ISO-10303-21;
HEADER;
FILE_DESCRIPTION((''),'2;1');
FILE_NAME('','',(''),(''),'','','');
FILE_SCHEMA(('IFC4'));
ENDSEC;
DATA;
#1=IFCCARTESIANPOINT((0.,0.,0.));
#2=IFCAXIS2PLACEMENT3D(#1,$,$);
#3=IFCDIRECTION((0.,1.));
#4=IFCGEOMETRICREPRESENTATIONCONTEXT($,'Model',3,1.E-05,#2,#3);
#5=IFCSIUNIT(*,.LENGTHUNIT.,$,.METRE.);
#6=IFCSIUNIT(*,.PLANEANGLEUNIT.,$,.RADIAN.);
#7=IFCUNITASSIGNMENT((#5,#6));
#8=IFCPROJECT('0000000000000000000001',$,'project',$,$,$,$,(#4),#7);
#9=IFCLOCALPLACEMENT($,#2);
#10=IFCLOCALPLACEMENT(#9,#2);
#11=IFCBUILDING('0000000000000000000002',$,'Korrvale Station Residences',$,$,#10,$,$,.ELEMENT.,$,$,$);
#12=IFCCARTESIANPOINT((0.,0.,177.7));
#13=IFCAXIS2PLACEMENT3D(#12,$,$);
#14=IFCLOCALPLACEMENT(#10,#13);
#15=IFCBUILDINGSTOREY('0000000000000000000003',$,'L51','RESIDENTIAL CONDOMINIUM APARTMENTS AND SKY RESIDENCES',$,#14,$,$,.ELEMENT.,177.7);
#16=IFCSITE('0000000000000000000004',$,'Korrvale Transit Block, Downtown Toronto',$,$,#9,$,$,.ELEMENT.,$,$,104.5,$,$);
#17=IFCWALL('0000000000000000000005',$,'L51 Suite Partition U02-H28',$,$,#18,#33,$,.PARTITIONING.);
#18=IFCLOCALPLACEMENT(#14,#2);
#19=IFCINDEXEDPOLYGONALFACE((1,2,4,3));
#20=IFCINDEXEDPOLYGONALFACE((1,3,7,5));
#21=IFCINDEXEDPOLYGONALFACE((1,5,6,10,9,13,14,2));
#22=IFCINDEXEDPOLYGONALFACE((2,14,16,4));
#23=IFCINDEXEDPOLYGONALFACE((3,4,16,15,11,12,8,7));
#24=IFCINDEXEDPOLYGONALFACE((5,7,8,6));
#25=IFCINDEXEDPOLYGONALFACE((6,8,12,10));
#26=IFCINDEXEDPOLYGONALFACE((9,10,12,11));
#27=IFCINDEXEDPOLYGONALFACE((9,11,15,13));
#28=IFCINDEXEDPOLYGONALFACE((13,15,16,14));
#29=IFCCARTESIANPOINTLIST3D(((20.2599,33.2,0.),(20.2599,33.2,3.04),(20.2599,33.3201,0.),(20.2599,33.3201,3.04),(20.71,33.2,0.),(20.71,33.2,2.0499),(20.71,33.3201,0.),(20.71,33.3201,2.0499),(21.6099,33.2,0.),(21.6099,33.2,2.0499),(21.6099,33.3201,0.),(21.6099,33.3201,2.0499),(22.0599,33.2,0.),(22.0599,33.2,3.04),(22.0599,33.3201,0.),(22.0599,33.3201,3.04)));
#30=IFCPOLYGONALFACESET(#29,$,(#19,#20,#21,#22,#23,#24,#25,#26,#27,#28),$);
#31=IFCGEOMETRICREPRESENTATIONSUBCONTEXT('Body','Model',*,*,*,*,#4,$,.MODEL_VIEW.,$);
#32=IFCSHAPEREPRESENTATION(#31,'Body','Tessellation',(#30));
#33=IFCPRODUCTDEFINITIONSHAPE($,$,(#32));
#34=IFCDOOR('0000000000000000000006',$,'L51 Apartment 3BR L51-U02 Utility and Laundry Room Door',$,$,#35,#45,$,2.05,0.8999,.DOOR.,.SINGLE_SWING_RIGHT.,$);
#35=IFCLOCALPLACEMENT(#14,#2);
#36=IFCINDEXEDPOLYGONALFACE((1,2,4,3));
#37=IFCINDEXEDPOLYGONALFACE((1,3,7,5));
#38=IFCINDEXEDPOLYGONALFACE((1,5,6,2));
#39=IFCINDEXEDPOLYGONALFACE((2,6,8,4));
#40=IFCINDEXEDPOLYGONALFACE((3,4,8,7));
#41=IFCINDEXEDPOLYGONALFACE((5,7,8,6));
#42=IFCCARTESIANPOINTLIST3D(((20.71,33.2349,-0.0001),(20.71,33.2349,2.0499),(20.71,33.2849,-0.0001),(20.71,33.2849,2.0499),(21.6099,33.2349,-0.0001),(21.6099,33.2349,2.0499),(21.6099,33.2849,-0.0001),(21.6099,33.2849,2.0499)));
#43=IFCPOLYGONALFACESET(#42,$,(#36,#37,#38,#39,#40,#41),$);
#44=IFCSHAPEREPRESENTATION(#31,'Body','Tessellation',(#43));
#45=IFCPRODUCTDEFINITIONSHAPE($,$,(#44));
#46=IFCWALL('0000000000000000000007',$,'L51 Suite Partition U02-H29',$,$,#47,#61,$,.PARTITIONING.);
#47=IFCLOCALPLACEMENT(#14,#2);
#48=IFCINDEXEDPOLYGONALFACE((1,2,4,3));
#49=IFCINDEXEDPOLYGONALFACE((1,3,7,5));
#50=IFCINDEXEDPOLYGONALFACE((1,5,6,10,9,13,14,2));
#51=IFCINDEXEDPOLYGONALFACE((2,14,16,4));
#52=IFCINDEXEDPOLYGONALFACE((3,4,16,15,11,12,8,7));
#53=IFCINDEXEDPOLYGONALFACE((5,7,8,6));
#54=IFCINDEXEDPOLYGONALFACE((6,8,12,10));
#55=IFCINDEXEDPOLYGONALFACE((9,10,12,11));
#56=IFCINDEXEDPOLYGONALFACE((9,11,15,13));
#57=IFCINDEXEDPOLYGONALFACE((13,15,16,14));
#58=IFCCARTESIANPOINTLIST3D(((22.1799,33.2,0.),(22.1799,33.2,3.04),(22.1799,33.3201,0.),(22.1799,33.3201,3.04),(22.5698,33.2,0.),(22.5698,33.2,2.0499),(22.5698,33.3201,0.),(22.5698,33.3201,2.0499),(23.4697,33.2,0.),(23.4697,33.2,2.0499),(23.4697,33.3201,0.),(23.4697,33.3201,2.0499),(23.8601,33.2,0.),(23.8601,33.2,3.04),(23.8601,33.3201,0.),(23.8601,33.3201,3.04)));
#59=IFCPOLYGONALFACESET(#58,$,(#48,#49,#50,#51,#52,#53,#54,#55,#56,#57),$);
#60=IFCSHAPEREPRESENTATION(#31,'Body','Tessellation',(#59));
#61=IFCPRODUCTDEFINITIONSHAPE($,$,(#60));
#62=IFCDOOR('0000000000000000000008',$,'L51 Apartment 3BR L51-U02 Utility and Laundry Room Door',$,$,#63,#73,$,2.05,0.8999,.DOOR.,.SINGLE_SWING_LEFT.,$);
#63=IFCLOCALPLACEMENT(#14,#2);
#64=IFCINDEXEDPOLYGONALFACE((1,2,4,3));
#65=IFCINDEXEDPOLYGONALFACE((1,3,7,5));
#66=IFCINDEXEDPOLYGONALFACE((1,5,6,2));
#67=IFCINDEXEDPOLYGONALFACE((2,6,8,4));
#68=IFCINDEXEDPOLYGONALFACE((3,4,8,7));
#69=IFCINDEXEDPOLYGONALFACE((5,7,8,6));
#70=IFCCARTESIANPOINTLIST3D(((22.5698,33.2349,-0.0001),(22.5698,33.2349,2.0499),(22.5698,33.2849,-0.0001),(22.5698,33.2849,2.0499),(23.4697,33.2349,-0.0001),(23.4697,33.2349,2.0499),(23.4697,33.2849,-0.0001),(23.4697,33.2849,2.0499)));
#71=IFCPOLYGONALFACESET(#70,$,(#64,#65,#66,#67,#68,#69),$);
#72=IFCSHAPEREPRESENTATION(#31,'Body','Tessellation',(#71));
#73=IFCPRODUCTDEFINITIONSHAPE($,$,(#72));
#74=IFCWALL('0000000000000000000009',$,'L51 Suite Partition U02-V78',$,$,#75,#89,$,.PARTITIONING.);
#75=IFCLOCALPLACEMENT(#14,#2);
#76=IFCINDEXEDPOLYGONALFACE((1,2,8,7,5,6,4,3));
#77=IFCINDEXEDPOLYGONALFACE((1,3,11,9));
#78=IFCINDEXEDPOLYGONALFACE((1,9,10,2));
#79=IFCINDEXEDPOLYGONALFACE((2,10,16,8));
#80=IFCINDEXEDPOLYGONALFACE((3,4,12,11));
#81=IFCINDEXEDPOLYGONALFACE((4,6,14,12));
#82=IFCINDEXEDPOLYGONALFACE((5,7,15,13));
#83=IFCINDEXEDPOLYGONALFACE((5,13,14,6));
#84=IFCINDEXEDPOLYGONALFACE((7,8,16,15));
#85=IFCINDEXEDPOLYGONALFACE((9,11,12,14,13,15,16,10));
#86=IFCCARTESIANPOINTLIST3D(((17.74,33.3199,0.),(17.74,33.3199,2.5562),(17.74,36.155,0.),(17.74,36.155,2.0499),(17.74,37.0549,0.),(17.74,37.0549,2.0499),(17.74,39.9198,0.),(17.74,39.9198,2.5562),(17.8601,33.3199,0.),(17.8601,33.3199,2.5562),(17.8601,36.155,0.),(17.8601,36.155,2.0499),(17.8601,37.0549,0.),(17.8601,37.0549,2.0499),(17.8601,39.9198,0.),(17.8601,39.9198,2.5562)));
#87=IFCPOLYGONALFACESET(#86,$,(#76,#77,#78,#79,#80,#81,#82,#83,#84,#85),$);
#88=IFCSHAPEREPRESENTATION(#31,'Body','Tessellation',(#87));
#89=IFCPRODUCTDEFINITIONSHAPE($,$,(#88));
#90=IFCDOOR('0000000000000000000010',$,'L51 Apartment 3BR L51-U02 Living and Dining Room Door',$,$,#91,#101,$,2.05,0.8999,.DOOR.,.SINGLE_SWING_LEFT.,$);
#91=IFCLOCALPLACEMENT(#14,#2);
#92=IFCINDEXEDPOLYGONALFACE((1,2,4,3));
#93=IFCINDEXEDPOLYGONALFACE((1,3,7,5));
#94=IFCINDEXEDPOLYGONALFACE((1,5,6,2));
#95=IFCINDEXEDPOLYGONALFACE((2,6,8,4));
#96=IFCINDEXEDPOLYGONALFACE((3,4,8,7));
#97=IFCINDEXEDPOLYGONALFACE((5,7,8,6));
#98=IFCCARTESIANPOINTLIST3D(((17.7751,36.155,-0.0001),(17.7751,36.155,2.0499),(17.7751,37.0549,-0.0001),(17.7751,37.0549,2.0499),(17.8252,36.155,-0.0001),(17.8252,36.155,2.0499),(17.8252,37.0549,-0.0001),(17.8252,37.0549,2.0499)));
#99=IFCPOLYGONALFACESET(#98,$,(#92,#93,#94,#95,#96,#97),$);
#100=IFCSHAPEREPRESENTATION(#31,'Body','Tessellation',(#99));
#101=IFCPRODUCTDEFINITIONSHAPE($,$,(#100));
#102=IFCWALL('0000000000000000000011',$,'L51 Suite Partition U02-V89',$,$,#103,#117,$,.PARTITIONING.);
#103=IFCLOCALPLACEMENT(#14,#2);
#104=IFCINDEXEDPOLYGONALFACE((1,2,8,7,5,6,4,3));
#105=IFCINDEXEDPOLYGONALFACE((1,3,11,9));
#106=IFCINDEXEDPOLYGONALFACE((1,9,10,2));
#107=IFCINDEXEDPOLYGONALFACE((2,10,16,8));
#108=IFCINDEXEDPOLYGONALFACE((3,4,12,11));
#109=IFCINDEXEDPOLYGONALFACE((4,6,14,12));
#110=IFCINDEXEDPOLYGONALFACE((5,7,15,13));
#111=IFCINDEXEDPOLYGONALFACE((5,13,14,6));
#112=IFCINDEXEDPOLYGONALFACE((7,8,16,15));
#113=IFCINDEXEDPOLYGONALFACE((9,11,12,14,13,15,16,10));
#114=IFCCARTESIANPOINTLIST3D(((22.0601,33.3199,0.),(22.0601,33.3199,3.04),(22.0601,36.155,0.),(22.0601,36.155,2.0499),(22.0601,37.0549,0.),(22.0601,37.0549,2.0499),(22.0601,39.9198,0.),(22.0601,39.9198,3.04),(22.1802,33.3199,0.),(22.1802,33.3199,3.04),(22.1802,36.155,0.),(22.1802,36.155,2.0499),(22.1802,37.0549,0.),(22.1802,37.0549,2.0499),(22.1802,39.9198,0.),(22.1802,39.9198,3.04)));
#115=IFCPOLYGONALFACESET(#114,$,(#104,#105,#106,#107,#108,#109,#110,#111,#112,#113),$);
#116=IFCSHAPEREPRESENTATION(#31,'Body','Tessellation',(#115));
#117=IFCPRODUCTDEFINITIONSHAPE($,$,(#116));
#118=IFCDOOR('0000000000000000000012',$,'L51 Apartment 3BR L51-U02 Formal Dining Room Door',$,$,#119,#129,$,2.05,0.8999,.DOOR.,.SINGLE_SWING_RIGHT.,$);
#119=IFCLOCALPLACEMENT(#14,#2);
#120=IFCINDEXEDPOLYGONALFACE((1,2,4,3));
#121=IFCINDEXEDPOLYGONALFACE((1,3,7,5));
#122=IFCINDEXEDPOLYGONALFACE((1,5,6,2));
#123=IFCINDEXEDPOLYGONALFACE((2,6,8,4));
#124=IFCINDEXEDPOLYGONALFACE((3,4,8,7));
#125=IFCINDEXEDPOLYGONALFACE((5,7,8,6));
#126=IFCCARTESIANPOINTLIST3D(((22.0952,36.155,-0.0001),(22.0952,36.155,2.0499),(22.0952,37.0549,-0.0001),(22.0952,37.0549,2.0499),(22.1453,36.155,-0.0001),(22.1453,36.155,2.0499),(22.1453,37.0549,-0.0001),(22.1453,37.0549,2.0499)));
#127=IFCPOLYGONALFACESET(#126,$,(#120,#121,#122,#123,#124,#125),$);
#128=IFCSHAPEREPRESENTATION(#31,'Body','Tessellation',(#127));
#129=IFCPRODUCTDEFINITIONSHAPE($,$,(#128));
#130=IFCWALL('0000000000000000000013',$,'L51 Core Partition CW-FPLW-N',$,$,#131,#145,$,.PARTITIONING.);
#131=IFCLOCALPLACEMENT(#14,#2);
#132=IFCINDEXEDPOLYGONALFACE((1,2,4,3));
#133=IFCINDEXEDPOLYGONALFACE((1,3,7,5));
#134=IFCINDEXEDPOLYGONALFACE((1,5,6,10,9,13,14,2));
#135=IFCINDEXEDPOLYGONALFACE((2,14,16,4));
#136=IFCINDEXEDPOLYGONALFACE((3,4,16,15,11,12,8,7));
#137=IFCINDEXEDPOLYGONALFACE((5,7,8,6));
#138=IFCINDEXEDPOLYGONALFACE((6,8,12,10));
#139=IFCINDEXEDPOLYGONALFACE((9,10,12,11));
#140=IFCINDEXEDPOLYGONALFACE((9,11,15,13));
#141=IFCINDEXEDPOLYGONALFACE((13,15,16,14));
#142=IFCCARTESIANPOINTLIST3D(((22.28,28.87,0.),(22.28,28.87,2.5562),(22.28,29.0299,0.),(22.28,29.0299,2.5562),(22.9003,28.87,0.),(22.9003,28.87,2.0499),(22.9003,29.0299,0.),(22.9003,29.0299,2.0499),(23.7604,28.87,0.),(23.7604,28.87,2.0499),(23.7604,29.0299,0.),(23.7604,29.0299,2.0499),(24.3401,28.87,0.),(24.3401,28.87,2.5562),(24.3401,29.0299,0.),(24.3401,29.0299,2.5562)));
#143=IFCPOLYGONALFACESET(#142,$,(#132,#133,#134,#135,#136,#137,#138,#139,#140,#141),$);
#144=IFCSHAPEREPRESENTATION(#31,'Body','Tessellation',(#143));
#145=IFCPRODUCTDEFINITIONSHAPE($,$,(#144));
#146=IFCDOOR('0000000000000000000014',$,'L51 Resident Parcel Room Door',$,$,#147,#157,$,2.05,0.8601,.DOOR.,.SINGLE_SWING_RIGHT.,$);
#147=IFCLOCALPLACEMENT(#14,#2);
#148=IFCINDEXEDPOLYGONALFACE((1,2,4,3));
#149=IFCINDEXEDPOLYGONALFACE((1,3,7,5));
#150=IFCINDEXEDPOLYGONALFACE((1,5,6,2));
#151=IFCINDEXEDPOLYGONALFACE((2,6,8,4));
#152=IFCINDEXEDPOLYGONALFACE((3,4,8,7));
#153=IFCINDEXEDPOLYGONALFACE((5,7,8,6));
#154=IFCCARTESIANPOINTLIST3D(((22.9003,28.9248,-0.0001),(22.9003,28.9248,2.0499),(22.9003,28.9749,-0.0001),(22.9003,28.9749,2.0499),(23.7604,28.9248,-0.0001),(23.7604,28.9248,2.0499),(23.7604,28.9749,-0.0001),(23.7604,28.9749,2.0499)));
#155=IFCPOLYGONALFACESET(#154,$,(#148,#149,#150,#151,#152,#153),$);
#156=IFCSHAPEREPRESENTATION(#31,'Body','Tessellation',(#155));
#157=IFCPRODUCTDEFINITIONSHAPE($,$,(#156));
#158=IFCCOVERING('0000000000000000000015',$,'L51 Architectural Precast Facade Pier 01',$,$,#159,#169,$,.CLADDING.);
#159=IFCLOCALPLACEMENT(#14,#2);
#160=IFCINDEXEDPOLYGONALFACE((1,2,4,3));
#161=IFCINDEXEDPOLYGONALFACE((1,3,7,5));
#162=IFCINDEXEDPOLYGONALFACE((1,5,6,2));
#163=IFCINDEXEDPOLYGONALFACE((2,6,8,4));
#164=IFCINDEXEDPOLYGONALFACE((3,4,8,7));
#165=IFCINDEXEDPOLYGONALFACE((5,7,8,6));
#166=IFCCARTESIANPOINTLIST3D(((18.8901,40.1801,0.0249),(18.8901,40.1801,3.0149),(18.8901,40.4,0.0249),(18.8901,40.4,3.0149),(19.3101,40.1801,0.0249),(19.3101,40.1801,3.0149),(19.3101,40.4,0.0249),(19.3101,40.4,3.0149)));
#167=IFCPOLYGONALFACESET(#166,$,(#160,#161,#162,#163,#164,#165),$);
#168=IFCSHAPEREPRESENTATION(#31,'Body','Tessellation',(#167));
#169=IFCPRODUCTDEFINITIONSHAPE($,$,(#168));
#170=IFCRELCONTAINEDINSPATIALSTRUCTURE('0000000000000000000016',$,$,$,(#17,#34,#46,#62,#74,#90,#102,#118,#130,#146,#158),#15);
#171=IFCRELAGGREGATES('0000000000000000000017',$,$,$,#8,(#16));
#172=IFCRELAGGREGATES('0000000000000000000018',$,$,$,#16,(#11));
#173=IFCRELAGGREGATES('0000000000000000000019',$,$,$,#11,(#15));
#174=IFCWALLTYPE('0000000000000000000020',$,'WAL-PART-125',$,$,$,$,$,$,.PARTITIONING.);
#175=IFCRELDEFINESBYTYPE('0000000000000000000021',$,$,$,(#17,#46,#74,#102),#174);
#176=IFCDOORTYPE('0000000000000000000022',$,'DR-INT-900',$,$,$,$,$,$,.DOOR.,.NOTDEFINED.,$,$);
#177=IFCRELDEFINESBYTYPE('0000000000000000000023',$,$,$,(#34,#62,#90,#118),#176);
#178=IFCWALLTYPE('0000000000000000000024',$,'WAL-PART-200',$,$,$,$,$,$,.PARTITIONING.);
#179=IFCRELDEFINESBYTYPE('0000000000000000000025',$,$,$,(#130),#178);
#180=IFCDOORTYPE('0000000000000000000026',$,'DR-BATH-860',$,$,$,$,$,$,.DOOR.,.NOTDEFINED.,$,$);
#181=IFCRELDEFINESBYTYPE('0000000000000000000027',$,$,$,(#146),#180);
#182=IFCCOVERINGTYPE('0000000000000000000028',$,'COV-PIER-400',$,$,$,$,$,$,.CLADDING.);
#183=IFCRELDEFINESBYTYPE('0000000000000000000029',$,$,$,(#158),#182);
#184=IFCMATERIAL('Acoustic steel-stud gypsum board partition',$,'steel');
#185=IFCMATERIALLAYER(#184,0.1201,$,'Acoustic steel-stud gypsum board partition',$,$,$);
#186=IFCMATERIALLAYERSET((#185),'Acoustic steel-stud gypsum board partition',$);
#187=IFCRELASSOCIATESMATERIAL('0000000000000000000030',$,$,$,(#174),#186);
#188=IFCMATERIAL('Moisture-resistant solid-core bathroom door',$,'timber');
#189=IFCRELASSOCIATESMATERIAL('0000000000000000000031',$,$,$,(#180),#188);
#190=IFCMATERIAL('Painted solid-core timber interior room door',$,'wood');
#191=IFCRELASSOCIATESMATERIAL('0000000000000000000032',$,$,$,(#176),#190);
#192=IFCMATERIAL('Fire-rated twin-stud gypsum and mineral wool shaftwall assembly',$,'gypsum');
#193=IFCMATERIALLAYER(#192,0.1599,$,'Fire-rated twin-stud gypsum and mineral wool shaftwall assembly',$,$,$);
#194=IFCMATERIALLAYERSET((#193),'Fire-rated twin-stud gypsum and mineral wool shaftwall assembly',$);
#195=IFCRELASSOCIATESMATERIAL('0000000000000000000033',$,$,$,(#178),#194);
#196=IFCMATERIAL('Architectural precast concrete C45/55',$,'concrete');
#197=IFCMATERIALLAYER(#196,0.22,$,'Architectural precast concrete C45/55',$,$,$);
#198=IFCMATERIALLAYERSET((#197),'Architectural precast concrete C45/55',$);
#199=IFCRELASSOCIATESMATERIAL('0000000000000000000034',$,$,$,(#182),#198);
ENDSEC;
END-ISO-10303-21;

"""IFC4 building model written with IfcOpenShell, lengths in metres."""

from ifc_helpers import new_model, si_unit, direction, frame, frame_2d, origin, origin_2d, place, context, subcontext, project, spatial, rectangle, extrude, material, layer, layer_set, type_object, element, fill, save


model = new_model("IFC4")

# Units and contexts
model_context = context("Model", 3, precision=1e-05, world=origin(), true_north=direction((0.0, 1.0)))
body_context = subcontext(model_context, "Body", "Model", "MODEL_VIEW")
ifc_project = project(units=[si_unit("LENGTHUNIT", "METRE"), si_unit("PLANEANGLEUNIT", "RADIAN")], contexts=[model_context])

# Site, building, storey
site_placement = place(None, origin())
site = spatial("IfcSite", under=ifc_project, at=site_placement, Name="Korrvale Transit Block, Downtown Toronto", CompositionType="ELEMENT", RefElevation=104.5)
building_placement = place(site_placement, origin())
building = spatial("IfcBuilding", under=site, at=building_placement, Name="Korrvale Station Residences", CompositionType="ELEMENT")
storey_placement = place(building_placement, frame((0.0, 0.0, 177.7)))
storey = spatial("IfcBuildingStorey", under=building, at=storey_placement, Name="L51", Description="RESIDENTIAL CONDOMINIUM APARTMENTS AND SKY RESIDENCES", CompositionType="ELEMENT", Elevation=177.7)

# Walls, openings, doors
ifc_material_1 = material(Name="Acoustic steel-stud gypsum board partition", Category="steel")
ifc_layer_1 = layer(ifc_material_1, 0.1201, Name="Acoustic steel-stud gypsum board partition")
ifc_layer_set_1 = layer_set([ifc_layer_1], Name="Acoustic steel-stud gypsum board partition")
wall_type_1 = type_object("IfcWallType", Name="WAL-PART-125", PredefinedType="PARTITIONING", material=ifc_layer_set_1)
ifc_material_2 = material(Name="Moisture-resistant solid-core bathroom door", Category="timber")
door_type_1 = type_object("IfcDoorType", Name="DR-BATH-860", OperationType="NOTDEFINED", PredefinedType="DOOR", material=ifc_material_2)
ifc_material_3 = material(Name="Painted solid-core timber interior room door", Category="wood")
door_type_2 = type_object("IfcDoorType", Name="DR-INT-900", OperationType="NOTDEFINED", PredefinedType="DOOR", material=ifc_material_3)
wall_1_placement = place(storey_placement, frame((20.26, 33.26, 0.0), z_axis=(0.0, 0.0, 1.0), x_axis=(1.0, 0.0, 0.0)))
wall_1 = element("IfcWall", 1, at=wall_1_placement, inside=storey, type_object=wall_type_1, Name="L51 Suite Partition U02-H28", PredefinedType="PARTITIONING", context=body_context, shape_type="SweptSolid", body=[
    extrude(rectangle(XDim=1.8, YDim=0.1201, at=frame_2d((0.8999, 0.0))), origin(), (0.0, 0.0, 1.0), 3.04),
])
opening_1_placement = place(wall_1_placement, frame((0.45, 0.0, 0.0)))
opening_1 = element("IfcOpeningElement", 2, at=opening_1_placement, cuts=wall_1, PredefinedType="OPENING", context=body_context, shape_type="SweptSolid", body=[
    extrude(rectangle(XDim=0.8999, YDim=2.05, at=frame_2d((0.45, 1.0249))), frame((0.0, 0.0701, 0.0), z_axis=(0.0, -1.0, 0.0), x_axis=(1.0, 0.0, 0.0)), (0.0, 0.0, 1.0), 0.1401),
])
door_1_placement = place(opening_1_placement, origin())
door_1 = element("IfcDoor", 3, at=door_1_placement, inside=storey, type_object=door_type_2, Name="L51 Apartment 3BR L51-U02 Utility and Laundry Room Door", OperationType="SINGLE_SWING_RIGHT", OverallHeight=2.05, OverallWidth=0.8999, PredefinedType="DOOR", context=body_context, shape_type="SweptSolid", body=[
    extrude(rectangle(XDim=0.8999, YDim=2.05, at=frame_2d((0.45, 1.0249))), frame((0.0, 0.0249, 0.0), z_axis=(0.0, -1.0, 0.0), x_axis=(1.0, 0.0, 0.0)), (0.0, 0.0, 1.0), 0.05),
])
fill(opening_1, door_1)
wall_2_placement = place(storey_placement, frame((22.1799, 33.26, 0.0), z_axis=(0.0, 0.0, 1.0), x_axis=(1.0, 0.0, 0.0)))
wall_2 = element("IfcWall", 4, at=wall_2_placement, inside=storey, type_object=wall_type_1, Name="L51 Suite Partition U02-H29", PredefinedType="PARTITIONING", context=body_context, shape_type="SweptSolid", body=[
    extrude(rectangle(XDim=1.6802, YDim=0.1201, at=frame_2d((0.8401, 0.0))), origin(), (0.0, 0.0, 1.0), 3.04),
])
opening_2_placement = place(wall_2_placement, frame((0.3899, 0.0, 0.0)))
opening_2 = element("IfcOpeningElement", 5, at=opening_2_placement, cuts=wall_2, PredefinedType="OPENING", context=body_context, shape_type="SweptSolid", body=[
    extrude(rectangle(XDim=0.8999, YDim=2.05, at=frame_2d((0.45, 1.0249))), frame((0.0, 0.0701, 0.0), z_axis=(0.0, -1.0, 0.0), x_axis=(1.0, 0.0, 0.0)), (0.0, 0.0, 1.0), 0.1401),
])
door_2_placement = place(opening_2_placement, origin())
door_2 = element("IfcDoor", 6, at=door_2_placement, inside=storey, type_object=door_type_2, Name="L51 Apartment 3BR L51-U02 Utility and Laundry Room Door", OperationType="SINGLE_SWING_LEFT", OverallHeight=2.05, OverallWidth=0.8999, PredefinedType="DOOR", context=body_context, shape_type="SweptSolid", body=[
    extrude(rectangle(XDim=0.8999, YDim=2.05, at=frame_2d((0.45, 1.0249))), frame((0.0, 0.0249, 0.0), z_axis=(0.0, -1.0, 0.0), x_axis=(1.0, 0.0, 0.0)), (0.0, 0.0, 1.0), 0.05),
])
fill(opening_2, door_2)
wall_3_placement = place(storey_placement, frame((17.8, 33.3201, 0.0), z_axis=(0.0, 0.0, 1.0), x_axis=(0.0, 1.0, 0.0)))
wall_3 = element("IfcWall", 7, at=wall_3_placement, inside=storey, type_object=wall_type_1, Name="L51 Suite Partition U02-V78", PredefinedType="PARTITIONING", context=body_context, shape_type="SweptSolid", body=[
    extrude(rectangle(XDim=6.5999, YDim=0.1201, at=frame_2d((3.2998, 0.0))), origin(), (0.0, 0.0, 1.0), 2.5562),
])
opening_3_placement = place(wall_3_placement, frame((2.835, 0.0, 0.0)))
opening_3 = element("IfcOpeningElement", 8, at=opening_3_placement, cuts=wall_3, PredefinedType="OPENING", context=body_context, shape_type="SweptSolid", body=[
    extrude(rectangle(XDim=0.8999, YDim=2.05, at=frame_2d((0.45, 1.0249))), frame((0.0, 0.0701, 0.0), z_axis=(0.0, -1.0, 0.0), x_axis=(1.0, 0.0, 0.0)), (0.0, 0.0, 1.0), 0.1401),
])
door_3_placement = place(opening_3_placement, origin())
door_3 = element("IfcDoor", 9, at=door_3_placement, inside=storey, type_object=door_type_2, Name="L51 Apartment 3BR L51-U02 Living and Dining Room Door", OperationType="SINGLE_SWING_LEFT", OverallHeight=2.05, OverallWidth=0.8999, PredefinedType="DOOR", context=body_context, shape_type="SweptSolid", body=[
    extrude(rectangle(XDim=0.8999, YDim=2.05, at=frame_2d((0.45, 1.0249))), frame((0.0, 0.0249, 0.0), z_axis=(0.0, -1.0, 0.0), x_axis=(1.0, 0.0, 0.0)), (0.0, 0.0, 1.0), 0.05),
])
fill(opening_3, door_3)
wall_4_placement = place(storey_placement, frame((22.1201, 33.3201, 0.0), z_axis=(0.0, 0.0, 1.0), x_axis=(0.0, 1.0, 0.0)))
wall_4 = element("IfcWall", 10, at=wall_4_placement, inside=storey, type_object=wall_type_1, Name="L51 Suite Partition U02-V89", PredefinedType="PARTITIONING", context=body_context, shape_type="SweptSolid", body=[
    extrude(rectangle(XDim=6.5999, YDim=0.1201, at=frame_2d((3.2998, 0.0))), origin(), (0.0, 0.0, 1.0), 3.04),
])
opening_4_placement = place(wall_4_placement, frame((2.835, 0.0, 0.0)))
opening_4 = element("IfcOpeningElement", 11, at=opening_4_placement, cuts=wall_4, PredefinedType="OPENING", context=body_context, shape_type="SweptSolid", body=[
    extrude(rectangle(XDim=0.8999, YDim=2.05, at=frame_2d((0.45, 1.0249))), frame((0.0, 0.0701, 0.0), z_axis=(0.0, -1.0, 0.0), x_axis=(1.0, 0.0, 0.0)), (0.0, 0.0, 1.0), 0.1401),
])
door_4_placement = place(opening_4_placement, origin())
door_4 = element("IfcDoor", 12, at=door_4_placement, inside=storey, type_object=door_type_2, Name="L51 Apartment 3BR L51-U02 Formal Dining Room Door", OperationType="SINGLE_SWING_RIGHT", OverallHeight=2.05, OverallWidth=0.8999, PredefinedType="DOOR", context=body_context, shape_type="SweptSolid", body=[
    extrude(rectangle(XDim=0.8999, YDim=2.05, at=frame_2d((0.45, 1.0249))), frame((0.0, 0.0249, 0.0), z_axis=(0.0, -1.0, 0.0), x_axis=(1.0, 0.0, 0.0)), (0.0, 0.0, 1.0), 0.05),
])
fill(opening_4, door_4)
ifc_material_4 = material(Name="Fire-rated twin-stud gypsum and mineral wool shaftwall assembly", Category="gypsum")
ifc_layer_2 = layer(ifc_material_4, 0.1599, Name="Fire-rated twin-stud gypsum and mineral wool shaftwall assembly")
ifc_layer_set_2 = layer_set([ifc_layer_2], Name="Fire-rated twin-stud gypsum and mineral wool shaftwall assembly")
wall_type_2 = type_object("IfcWallType", Name="WAL-PART-200", PredefinedType="PARTITIONING", material=ifc_layer_set_2)
wall_5_placement = place(storey_placement, frame((22.28, 28.95, 0.0), z_axis=(0.0, 0.0, 1.0), x_axis=(1.0, 0.0, 0.0)))
wall_5 = element("IfcWall", 13, at=wall_5_placement, inside=storey, type_object=wall_type_2, Name="L51 Core Partition CW-FPLW-N", PredefinedType="PARTITIONING", context=body_context, shape_type="SweptSolid", body=[
    extrude(rectangle(XDim=2.0601, YDim=0.1599, at=frame_2d((1.03, 0.0))), origin(), (0.0, 0.0, 1.0), 2.5562),
])
opening_5_placement = place(wall_5_placement, frame((0.6201, 0.0, 0.0)))
opening_5 = element("IfcOpeningElement", 14, at=opening_5_placement, cuts=wall_5, PredefinedType="OPENING", context=body_context, shape_type="SweptSolid", body=[
    extrude(rectangle(XDim=0.8601, YDim=2.05, at=frame_2d((0.4302, 1.0249))), frame((0.0, 0.0898, 0.0), z_axis=(0.0, -1.0, 0.0), x_axis=(1.0, 0.0, 0.0)), (0.0, 0.0, 1.0), 0.1799),
])
door_5_placement = place(opening_5_placement, origin())
door_5 = element("IfcDoor", 15, at=door_5_placement, inside=storey, type_object=door_type_1, Name="L51 Resident Parcel Room Door", OperationType="SINGLE_SWING_RIGHT", OverallHeight=2.05, OverallWidth=0.8601, PredefinedType="DOOR", context=body_context, shape_type="SweptSolid", body=[
    extrude(rectangle(XDim=0.8601, YDim=2.05, at=frame_2d((0.4302, 1.0249))), frame((0.0, 0.0249, 0.0), z_axis=(0.0, -1.0, 0.0), x_axis=(1.0, 0.0, 0.0)), (0.0, 0.0, 1.0), 0.05),
])
fill(opening_5, door_5)

# Covering
ifc_material_5 = material(Name="Architectural precast concrete C45/55", Category="concrete")
ifc_layer_3 = layer(ifc_material_5, 0.22, Name="Architectural precast concrete C45/55")
ifc_layer_set_3 = layer_set([ifc_layer_3], Name="Architectural precast concrete C45/55")
covering_type = type_object("IfcCoveringType", Name="COV-PIER-400", PredefinedType="CLADDING", material=ifc_layer_set_3)
covering_placement = place(storey_placement, frame((19.1001, 40.29, 0.0249), z_axis=(0.0, 0.0, 1.0), x_axis=(1.0, 0.0, 0.0)))
element("IfcCovering", 16, at=covering_placement, inside=storey, type_object=covering_type, Name="L51 Architectural Precast Facade Pier 01", PredefinedType="CLADDING", context=body_context, shape_type="SweptSolid", body=[
    extrude(rectangle(XDim=0.4199, YDim=0.22, at=origin_2d()), origin(), (0.0, 0.0, 1.0), 2.99),
])

save(model, "model.ifc")
